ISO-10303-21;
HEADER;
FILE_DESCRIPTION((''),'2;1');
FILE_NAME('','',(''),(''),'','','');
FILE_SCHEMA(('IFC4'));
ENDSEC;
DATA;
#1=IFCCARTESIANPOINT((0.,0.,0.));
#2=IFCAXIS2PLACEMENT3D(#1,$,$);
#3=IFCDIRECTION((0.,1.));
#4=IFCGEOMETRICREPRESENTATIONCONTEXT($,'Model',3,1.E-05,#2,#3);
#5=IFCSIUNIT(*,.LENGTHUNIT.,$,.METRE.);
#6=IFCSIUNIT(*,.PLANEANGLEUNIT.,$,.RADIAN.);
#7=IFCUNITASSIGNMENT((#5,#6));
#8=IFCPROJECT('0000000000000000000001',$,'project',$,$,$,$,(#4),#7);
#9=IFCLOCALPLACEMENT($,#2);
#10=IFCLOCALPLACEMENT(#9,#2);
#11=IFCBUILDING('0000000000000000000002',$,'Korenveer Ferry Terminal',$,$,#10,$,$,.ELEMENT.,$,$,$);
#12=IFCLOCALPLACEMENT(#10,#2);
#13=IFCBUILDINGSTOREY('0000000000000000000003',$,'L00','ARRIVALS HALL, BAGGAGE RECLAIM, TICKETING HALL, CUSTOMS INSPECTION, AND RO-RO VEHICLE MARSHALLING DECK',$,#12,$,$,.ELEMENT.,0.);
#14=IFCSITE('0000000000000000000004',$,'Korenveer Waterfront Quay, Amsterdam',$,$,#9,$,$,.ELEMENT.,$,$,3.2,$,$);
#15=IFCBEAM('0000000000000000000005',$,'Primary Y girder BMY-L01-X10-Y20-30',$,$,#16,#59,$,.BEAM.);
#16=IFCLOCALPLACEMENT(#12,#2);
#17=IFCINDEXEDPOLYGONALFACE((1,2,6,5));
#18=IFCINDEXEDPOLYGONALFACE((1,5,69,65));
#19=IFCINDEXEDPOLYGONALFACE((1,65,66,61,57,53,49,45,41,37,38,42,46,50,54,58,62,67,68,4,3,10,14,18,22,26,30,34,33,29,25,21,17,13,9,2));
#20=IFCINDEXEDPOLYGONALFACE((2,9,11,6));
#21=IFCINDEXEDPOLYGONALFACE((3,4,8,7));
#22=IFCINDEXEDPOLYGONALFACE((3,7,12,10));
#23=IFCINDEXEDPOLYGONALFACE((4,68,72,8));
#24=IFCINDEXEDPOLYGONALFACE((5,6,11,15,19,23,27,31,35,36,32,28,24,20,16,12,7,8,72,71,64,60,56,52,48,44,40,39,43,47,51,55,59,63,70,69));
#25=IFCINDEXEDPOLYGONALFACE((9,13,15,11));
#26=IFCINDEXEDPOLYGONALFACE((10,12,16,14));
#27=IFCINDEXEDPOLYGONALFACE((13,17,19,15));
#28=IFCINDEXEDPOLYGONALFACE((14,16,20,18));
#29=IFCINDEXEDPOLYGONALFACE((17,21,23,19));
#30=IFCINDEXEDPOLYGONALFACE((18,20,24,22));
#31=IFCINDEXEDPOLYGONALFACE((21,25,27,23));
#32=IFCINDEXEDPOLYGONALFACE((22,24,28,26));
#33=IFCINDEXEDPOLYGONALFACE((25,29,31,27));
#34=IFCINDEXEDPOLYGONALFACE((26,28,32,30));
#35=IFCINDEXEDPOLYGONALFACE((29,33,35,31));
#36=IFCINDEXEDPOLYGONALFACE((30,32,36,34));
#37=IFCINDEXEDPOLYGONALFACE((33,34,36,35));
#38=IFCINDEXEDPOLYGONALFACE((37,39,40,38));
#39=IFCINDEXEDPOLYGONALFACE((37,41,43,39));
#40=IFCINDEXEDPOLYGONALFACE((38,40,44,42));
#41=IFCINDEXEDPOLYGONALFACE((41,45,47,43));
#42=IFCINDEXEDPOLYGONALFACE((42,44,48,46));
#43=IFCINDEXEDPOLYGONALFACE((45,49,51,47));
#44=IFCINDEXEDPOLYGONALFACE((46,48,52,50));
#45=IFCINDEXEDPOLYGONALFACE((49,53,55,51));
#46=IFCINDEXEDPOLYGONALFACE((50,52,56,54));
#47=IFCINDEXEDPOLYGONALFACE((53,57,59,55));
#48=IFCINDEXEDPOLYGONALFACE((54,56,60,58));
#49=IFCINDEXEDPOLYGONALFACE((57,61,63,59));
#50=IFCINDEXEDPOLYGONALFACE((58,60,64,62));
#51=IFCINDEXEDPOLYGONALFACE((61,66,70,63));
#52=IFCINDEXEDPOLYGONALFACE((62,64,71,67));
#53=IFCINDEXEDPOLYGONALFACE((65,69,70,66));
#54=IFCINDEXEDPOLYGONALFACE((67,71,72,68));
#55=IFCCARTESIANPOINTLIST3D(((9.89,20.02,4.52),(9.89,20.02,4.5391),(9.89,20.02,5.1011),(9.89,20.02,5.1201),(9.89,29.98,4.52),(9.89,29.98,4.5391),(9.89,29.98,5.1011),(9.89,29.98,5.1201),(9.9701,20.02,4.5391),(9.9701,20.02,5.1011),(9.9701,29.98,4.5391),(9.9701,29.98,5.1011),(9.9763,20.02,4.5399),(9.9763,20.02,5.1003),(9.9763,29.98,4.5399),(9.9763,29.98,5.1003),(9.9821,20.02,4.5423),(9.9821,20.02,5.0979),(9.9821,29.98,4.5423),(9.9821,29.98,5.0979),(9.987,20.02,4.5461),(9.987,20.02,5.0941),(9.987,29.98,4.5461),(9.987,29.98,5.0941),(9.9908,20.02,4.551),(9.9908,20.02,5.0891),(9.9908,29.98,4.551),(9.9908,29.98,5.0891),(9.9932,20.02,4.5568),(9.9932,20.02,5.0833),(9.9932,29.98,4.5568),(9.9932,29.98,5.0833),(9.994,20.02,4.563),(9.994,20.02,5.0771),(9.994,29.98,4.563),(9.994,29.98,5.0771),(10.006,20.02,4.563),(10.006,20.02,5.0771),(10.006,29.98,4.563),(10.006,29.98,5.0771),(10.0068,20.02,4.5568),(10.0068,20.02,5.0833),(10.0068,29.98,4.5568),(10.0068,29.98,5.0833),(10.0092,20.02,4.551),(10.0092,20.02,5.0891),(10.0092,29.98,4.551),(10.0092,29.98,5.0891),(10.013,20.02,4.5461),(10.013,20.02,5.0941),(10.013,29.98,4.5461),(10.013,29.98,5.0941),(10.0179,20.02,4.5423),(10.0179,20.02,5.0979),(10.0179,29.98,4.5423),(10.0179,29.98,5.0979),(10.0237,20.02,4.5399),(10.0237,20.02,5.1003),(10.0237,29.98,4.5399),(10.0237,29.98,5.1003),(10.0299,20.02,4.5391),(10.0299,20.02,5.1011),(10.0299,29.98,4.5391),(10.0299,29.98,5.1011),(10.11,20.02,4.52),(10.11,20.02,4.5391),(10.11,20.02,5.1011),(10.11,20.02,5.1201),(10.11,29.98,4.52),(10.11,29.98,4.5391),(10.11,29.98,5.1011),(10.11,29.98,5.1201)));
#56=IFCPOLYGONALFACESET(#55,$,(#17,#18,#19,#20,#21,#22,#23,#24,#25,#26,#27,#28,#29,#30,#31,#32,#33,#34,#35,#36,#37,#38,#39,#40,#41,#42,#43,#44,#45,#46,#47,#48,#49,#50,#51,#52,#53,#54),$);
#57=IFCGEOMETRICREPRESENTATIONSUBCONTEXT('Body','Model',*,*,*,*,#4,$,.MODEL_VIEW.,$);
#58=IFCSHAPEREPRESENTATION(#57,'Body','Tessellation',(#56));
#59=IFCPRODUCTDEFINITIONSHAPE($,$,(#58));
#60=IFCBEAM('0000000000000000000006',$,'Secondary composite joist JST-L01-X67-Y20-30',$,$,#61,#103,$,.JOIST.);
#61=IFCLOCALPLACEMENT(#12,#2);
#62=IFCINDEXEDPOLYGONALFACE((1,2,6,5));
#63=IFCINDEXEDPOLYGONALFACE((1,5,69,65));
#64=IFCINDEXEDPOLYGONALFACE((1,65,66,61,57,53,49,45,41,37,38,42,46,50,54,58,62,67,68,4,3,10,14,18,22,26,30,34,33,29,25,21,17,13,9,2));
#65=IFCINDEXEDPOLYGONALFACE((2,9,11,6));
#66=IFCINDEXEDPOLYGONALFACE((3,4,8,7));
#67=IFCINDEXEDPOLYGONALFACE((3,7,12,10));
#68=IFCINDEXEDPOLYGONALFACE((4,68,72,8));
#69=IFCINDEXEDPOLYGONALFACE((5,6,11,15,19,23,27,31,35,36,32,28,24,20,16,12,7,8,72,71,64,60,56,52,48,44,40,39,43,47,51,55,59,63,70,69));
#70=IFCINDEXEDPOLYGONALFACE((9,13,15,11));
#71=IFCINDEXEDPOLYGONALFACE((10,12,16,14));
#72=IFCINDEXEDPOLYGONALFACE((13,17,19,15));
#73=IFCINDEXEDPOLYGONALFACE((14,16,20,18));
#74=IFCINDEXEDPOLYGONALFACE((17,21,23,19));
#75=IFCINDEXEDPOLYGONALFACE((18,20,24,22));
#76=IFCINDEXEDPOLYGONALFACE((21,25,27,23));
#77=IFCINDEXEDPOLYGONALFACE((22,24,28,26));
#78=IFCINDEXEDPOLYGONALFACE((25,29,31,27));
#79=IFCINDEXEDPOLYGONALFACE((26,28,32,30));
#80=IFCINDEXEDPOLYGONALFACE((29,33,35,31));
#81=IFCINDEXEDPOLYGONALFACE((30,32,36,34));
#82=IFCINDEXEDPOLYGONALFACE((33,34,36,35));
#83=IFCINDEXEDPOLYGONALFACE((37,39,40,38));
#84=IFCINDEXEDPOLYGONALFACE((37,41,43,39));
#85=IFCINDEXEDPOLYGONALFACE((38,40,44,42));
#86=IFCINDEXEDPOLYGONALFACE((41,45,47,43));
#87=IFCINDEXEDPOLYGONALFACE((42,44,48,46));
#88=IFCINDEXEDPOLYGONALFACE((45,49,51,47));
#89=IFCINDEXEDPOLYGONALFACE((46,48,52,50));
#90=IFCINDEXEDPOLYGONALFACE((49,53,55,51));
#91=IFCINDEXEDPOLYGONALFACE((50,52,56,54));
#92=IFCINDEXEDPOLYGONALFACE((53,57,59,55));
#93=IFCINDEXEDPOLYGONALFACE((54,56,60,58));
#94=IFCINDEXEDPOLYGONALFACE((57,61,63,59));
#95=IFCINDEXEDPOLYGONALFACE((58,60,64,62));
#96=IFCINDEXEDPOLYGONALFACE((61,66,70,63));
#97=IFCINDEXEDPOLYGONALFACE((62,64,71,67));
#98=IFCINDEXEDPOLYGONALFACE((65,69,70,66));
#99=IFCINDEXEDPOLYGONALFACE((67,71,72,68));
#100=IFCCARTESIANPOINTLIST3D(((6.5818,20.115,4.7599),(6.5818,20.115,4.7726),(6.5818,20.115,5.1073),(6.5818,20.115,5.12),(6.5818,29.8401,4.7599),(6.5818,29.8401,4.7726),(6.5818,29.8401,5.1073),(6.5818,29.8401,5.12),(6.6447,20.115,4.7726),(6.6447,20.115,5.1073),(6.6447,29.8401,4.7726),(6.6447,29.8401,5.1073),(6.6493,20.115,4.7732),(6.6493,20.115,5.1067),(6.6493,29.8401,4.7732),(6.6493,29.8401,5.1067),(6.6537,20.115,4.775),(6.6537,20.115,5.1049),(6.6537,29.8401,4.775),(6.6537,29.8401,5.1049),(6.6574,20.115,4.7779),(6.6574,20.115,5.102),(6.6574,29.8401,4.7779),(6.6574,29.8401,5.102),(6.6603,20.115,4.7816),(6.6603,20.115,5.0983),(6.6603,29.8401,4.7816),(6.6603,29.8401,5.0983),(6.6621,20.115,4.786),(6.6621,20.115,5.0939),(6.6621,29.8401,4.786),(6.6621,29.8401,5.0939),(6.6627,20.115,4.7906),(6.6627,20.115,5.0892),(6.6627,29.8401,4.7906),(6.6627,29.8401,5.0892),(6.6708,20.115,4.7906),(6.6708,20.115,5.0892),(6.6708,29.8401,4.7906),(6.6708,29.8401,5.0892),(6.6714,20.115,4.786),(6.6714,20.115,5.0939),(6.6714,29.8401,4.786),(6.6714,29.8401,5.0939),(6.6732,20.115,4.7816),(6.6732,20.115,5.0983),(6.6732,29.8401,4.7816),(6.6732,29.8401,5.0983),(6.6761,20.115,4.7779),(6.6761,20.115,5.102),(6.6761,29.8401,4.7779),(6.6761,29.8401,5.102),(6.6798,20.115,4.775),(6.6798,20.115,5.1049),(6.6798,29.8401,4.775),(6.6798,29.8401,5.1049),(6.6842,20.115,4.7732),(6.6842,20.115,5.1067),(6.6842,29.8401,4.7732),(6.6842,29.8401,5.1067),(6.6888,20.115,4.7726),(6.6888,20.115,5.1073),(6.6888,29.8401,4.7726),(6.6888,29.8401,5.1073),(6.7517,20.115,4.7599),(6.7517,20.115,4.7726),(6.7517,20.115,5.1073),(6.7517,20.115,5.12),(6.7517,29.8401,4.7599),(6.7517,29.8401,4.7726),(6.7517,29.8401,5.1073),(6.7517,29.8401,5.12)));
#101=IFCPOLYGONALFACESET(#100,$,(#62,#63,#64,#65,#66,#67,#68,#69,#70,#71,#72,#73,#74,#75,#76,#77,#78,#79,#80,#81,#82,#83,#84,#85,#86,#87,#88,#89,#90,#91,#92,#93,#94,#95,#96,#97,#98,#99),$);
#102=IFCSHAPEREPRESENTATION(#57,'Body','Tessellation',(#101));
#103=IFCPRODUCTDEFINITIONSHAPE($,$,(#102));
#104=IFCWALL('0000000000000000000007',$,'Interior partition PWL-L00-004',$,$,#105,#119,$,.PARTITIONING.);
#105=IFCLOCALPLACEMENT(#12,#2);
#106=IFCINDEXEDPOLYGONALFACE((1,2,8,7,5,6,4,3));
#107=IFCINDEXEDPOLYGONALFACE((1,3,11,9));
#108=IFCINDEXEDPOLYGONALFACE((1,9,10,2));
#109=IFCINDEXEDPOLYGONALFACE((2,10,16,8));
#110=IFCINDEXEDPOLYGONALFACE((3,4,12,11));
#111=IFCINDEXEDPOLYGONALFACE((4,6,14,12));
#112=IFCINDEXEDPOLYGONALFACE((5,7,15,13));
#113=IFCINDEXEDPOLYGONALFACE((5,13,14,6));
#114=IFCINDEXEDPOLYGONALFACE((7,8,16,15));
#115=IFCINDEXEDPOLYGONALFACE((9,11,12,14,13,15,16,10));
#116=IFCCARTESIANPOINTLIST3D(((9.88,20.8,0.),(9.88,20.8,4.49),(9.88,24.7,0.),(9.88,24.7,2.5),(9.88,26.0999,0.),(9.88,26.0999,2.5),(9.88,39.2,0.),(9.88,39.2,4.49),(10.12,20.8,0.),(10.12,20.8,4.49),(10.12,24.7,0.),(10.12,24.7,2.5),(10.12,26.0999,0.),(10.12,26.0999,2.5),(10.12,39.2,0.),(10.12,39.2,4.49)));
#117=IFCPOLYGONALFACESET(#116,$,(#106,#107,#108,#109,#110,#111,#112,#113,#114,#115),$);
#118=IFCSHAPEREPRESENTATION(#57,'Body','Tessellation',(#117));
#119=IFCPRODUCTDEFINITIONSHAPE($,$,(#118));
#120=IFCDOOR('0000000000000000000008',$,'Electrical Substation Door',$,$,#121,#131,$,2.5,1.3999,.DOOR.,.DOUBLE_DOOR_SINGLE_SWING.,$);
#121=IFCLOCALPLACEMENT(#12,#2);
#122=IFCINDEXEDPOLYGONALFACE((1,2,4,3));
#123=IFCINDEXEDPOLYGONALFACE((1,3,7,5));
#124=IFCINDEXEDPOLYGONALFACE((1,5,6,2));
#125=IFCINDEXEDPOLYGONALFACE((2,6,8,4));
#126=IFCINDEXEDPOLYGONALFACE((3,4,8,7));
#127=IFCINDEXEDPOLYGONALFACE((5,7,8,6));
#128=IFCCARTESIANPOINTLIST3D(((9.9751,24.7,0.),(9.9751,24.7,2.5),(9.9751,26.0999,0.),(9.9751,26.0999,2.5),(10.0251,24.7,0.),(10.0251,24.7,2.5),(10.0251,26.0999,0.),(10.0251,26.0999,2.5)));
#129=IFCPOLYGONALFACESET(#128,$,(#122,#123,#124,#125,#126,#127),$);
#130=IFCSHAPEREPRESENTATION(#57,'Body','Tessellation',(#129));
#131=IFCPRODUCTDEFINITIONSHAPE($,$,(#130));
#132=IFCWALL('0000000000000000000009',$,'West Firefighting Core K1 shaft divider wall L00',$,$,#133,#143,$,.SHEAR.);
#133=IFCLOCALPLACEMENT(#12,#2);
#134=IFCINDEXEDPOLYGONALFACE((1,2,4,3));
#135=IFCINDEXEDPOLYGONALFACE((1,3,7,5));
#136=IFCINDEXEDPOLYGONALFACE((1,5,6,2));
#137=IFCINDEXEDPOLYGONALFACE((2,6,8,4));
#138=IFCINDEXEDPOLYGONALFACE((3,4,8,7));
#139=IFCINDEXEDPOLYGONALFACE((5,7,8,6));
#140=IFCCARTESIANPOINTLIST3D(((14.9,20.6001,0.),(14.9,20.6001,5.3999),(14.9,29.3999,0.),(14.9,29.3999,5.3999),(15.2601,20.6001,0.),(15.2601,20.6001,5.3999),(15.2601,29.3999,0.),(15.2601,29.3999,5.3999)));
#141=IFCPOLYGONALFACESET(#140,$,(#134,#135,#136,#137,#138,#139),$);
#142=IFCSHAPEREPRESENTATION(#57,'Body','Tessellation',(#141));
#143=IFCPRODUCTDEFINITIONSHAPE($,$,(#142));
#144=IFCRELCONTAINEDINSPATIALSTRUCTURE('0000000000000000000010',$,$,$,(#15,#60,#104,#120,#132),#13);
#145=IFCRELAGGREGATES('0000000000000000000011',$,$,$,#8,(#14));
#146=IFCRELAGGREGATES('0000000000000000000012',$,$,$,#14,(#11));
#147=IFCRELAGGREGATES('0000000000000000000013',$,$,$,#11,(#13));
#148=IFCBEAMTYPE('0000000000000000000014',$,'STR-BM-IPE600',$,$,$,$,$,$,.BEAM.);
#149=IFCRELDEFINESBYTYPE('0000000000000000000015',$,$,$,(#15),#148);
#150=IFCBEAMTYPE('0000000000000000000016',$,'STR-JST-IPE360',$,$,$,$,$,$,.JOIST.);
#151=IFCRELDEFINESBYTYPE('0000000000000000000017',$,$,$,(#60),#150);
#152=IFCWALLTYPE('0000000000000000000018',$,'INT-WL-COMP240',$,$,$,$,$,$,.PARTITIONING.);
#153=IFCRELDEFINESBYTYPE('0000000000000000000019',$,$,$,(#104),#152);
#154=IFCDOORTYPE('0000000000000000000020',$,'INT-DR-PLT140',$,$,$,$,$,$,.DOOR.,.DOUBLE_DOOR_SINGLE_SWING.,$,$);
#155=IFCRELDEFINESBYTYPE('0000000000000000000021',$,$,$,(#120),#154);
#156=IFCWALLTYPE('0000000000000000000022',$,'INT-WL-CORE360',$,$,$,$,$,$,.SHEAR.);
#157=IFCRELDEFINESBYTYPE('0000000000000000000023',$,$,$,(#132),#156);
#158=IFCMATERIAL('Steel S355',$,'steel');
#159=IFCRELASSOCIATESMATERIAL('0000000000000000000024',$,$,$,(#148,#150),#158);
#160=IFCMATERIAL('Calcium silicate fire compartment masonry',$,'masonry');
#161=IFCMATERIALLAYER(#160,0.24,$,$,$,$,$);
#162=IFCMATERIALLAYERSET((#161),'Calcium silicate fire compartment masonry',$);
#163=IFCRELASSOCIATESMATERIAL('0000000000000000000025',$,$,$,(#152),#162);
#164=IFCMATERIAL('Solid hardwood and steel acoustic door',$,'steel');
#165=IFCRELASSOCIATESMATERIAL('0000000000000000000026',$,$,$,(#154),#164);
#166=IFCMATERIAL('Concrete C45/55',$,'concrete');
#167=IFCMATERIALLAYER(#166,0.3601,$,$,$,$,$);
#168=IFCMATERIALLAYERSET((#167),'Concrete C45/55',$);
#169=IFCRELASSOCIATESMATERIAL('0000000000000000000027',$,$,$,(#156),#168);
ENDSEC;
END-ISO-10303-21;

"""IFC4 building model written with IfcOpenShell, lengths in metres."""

from ifc_helpers import new_model, si_unit, direction, frame, frame_2d, origin, origin_2d, place, context, subcontext, project, spatial, rectangle, i_section, extrude, material, layer, layer_set, material_profile, profile_set, type_object, element, fill, save


model = new_model("IFC4")

# Units and contexts
model_context = context("Model", 3, precision=1e-05, world=origin(), true_north=direction((0.0, 1.0)))
body_context = subcontext(model_context, "Body", "Model", "MODEL_VIEW")
ifc_project = project(units=[si_unit("LENGTHUNIT", "METRE"), si_unit("PLANEANGLEUNIT", "RADIAN")], contexts=[model_context])

# Site, building, storey
site_placement = place(None, origin())
site = spatial("IfcSite", under=ifc_project, at=site_placement, Name="Korenveer Waterfront Quay, Amsterdam", CompositionType="ELEMENT", RefElevation=3.2)
building_placement = place(site_placement, origin())
building = spatial("IfcBuilding", under=site, at=building_placement, Name="Korenveer Ferry Terminal", CompositionType="ELEMENT")
storey_placement = place(building_placement, origin())
storey = spatial("IfcBuildingStorey", under=building, at=storey_placement, Name="L00", Description="ARRIVALS HALL, BAGGAGE RECLAIM, TICKETING HALL, CUSTOMS INSPECTION, AND RO-RO VEHICLE MARSHALLING DECK", CompositionType="ELEMENT", Elevation=0.0)

# Shared definitions
ifc_material_1 = material(Name="Concrete C45/55", Category="concrete")

# Beams
ifc_material_2 = material(Name="Steel S355", Category="steel")
ifc_material_profile_1 = material_profile(ifc_material_2, i_section(OverallWidth=0.22, OverallDepth=0.6001, WebThickness=0.012, FlangeThickness=0.019, FilletRadius=0.0239, at=origin_2d()), Name="IPE 600")
ifc_profile_set_1 = profile_set([ifc_material_profile_1], Name="Steel S355")
beam_type_1 = type_object("IfcBeamType", Name="STR-BM-IPE600", PredefinedType="BEAM", material=ifc_profile_set_1)
beam_1_placement = place(storey_placement, frame((10.0, 20.02, 4.8201), z_axis=(0.0, 1.0, 0.0), x_axis=(-1.0, 0.0, 0.0)))
element("IfcBeam", 1, at=beam_1_placement, inside=storey, type_object=beam_type_1, Name="Primary Y girder BMY-L01-X10-Y20-30", PredefinedType="BEAM", context=body_context, shape_type="SweptSolid", body=[
    extrude(i_section(OverallWidth=0.22, OverallDepth=0.6001, WebThickness=0.012, FlangeThickness=0.019, FilletRadius=0.0239, at=origin_2d()), origin(), (0.0, 0.0, 1.0), 9.96),
])
ifc_material_profile_2 = material_profile(ifc_material_2, i_section(OverallWidth=0.1699, OverallDepth=0.3601, WebThickness=0.0081, FlangeThickness=0.0127, FilletRadius=0.0181, at=origin_2d()), Name="IPE 360")
ifc_profile_set_2 = profile_set([ifc_material_profile_2], Name="Steel S355")
beam_type_2 = type_object("IfcBeamType", Name="STR-JST-IPE360", PredefinedType="JOIST", material=ifc_profile_set_2)
beam_2_placement = place(storey_placement, frame((6.6667, 20.115, 4.9399), z_axis=(0.0, 1.0, 0.0), x_axis=(-1.0, 0.0, 0.0)))
element("IfcBeam", 2, at=beam_2_placement, inside=storey, type_object=beam_type_2, Name="Secondary composite joist JST-L01-X67-Y20-30", PredefinedType="JOIST", context=body_context, shape_type="SweptSolid", body=[
    extrude(i_section(OverallWidth=0.1699, OverallDepth=0.3601, WebThickness=0.0081, FlangeThickness=0.0127, FilletRadius=0.0181, at=origin_2d()), origin(), (0.0, 0.0, 1.0), 9.7251),
])

# Wall, opening, door
ifc_material_3 = material(Name="Calcium silicate fire compartment masonry", Category="masonry")
ifc_layer_1 = layer(ifc_material_3, 0.24)
ifc_layer_set_1 = layer_set([ifc_layer_1], Name="Calcium silicate fire compartment masonry")
wall_type_1 = type_object("IfcWallType", Name="INT-WL-COMP240", PredefinedType="PARTITIONING", material=ifc_layer_set_1)
wall_1_placement = place(storey_placement, frame((10.0, 20.8, 0.0), z_axis=(0.0, 0.0, 1.0), x_axis=(0.0, 1.0, 0.0)))
wall_1 = element("IfcWall", 3, at=wall_1_placement, inside=storey, type_object=wall_type_1, Name="Interior partition PWL-L00-004", PredefinedType="PARTITIONING", context=body_context, shape_type="SweptSolid", body=[
    extrude(rectangle(XDim=18.3999, YDim=0.24, at=frame_2d((9.2, 0.0))), origin(), (0.0, 0.0, 1.0), 4.49),
])
opening_1_placement = place(wall_1_placement, frame((3.8999, 0.0, 0.0)))
opening_1 = element("IfcOpeningElement", 4, at=opening_1_placement, cuts=wall_1, PredefinedType="OPENING", context=body_context, shape_type="SweptSolid", body=[
    extrude(rectangle(XDim=1.3999, YDim=2.5, at=frame_2d((0.7, 1.25))), frame((0.0, 0.1299, 0.0), z_axis=(0.0, -1.0, 0.0), x_axis=(1.0, 0.0, 0.0)), (0.0, 0.0, 1.0), 0.26),
])
ifc_material_4 = material(Name="Solid hardwood and steel acoustic door", Category="steel")
door_type_1 = type_object("IfcDoorType", Name="INT-DR-PLT140", OperationType="DOUBLE_DOOR_SINGLE_SWING", PredefinedType="DOOR", material=ifc_material_4)
door_1_placement = place(opening_1_placement, origin())
door_1 = element("IfcDoor", 5, at=door_1_placement, inside=storey, type_object=door_type_1, Name="Electrical Substation Door", OperationType="DOUBLE_DOOR_SINGLE_SWING", OverallHeight=2.5, OverallWidth=1.3999, PredefinedType="DOOR", context=body_context, shape_type="SweptSolid", body=[
    extrude(rectangle(XDim=1.3999, YDim=2.5, at=frame_2d((0.7, 1.25))), frame((0.0, 0.0249, 0.0), z_axis=(0.0, -1.0, 0.0), x_axis=(1.0, 0.0, 0.0)), (0.0, 0.0, 1.0), 0.05),
])
fill(opening_1, door_1)

# Wall
ifc_layer_2 = layer(ifc_material_1, 0.3601)
ifc_layer_set_2 = layer_set([ifc_layer_2], Name="Concrete C45/55")
wall_type_2 = type_object("IfcWallType", Name="INT-WL-CORE360", PredefinedType="SHEAR", material=ifc_layer_set_2)
wall_2_placement = place(storey_placement, frame((15.0801, 20.6001, 0.0), z_axis=(0.0, 0.0, 1.0), x_axis=(0.0, 1.0, 0.0)))
element("IfcWall", 6, at=wall_2_placement, inside=storey, type_object=wall_type_2, Name="West Firefighting Core K1 shaft divider wall L00", PredefinedType="SHEAR", context=body_context, shape_type="SweptSolid", body=[
    extrude(rectangle(XDim=8.7998, YDim=0.3601, at=frame_2d((4.3999, 0.0))), origin(), (0.0, 0.0, 1.0), 5.3999),
])

save(model, "model.ifc")
